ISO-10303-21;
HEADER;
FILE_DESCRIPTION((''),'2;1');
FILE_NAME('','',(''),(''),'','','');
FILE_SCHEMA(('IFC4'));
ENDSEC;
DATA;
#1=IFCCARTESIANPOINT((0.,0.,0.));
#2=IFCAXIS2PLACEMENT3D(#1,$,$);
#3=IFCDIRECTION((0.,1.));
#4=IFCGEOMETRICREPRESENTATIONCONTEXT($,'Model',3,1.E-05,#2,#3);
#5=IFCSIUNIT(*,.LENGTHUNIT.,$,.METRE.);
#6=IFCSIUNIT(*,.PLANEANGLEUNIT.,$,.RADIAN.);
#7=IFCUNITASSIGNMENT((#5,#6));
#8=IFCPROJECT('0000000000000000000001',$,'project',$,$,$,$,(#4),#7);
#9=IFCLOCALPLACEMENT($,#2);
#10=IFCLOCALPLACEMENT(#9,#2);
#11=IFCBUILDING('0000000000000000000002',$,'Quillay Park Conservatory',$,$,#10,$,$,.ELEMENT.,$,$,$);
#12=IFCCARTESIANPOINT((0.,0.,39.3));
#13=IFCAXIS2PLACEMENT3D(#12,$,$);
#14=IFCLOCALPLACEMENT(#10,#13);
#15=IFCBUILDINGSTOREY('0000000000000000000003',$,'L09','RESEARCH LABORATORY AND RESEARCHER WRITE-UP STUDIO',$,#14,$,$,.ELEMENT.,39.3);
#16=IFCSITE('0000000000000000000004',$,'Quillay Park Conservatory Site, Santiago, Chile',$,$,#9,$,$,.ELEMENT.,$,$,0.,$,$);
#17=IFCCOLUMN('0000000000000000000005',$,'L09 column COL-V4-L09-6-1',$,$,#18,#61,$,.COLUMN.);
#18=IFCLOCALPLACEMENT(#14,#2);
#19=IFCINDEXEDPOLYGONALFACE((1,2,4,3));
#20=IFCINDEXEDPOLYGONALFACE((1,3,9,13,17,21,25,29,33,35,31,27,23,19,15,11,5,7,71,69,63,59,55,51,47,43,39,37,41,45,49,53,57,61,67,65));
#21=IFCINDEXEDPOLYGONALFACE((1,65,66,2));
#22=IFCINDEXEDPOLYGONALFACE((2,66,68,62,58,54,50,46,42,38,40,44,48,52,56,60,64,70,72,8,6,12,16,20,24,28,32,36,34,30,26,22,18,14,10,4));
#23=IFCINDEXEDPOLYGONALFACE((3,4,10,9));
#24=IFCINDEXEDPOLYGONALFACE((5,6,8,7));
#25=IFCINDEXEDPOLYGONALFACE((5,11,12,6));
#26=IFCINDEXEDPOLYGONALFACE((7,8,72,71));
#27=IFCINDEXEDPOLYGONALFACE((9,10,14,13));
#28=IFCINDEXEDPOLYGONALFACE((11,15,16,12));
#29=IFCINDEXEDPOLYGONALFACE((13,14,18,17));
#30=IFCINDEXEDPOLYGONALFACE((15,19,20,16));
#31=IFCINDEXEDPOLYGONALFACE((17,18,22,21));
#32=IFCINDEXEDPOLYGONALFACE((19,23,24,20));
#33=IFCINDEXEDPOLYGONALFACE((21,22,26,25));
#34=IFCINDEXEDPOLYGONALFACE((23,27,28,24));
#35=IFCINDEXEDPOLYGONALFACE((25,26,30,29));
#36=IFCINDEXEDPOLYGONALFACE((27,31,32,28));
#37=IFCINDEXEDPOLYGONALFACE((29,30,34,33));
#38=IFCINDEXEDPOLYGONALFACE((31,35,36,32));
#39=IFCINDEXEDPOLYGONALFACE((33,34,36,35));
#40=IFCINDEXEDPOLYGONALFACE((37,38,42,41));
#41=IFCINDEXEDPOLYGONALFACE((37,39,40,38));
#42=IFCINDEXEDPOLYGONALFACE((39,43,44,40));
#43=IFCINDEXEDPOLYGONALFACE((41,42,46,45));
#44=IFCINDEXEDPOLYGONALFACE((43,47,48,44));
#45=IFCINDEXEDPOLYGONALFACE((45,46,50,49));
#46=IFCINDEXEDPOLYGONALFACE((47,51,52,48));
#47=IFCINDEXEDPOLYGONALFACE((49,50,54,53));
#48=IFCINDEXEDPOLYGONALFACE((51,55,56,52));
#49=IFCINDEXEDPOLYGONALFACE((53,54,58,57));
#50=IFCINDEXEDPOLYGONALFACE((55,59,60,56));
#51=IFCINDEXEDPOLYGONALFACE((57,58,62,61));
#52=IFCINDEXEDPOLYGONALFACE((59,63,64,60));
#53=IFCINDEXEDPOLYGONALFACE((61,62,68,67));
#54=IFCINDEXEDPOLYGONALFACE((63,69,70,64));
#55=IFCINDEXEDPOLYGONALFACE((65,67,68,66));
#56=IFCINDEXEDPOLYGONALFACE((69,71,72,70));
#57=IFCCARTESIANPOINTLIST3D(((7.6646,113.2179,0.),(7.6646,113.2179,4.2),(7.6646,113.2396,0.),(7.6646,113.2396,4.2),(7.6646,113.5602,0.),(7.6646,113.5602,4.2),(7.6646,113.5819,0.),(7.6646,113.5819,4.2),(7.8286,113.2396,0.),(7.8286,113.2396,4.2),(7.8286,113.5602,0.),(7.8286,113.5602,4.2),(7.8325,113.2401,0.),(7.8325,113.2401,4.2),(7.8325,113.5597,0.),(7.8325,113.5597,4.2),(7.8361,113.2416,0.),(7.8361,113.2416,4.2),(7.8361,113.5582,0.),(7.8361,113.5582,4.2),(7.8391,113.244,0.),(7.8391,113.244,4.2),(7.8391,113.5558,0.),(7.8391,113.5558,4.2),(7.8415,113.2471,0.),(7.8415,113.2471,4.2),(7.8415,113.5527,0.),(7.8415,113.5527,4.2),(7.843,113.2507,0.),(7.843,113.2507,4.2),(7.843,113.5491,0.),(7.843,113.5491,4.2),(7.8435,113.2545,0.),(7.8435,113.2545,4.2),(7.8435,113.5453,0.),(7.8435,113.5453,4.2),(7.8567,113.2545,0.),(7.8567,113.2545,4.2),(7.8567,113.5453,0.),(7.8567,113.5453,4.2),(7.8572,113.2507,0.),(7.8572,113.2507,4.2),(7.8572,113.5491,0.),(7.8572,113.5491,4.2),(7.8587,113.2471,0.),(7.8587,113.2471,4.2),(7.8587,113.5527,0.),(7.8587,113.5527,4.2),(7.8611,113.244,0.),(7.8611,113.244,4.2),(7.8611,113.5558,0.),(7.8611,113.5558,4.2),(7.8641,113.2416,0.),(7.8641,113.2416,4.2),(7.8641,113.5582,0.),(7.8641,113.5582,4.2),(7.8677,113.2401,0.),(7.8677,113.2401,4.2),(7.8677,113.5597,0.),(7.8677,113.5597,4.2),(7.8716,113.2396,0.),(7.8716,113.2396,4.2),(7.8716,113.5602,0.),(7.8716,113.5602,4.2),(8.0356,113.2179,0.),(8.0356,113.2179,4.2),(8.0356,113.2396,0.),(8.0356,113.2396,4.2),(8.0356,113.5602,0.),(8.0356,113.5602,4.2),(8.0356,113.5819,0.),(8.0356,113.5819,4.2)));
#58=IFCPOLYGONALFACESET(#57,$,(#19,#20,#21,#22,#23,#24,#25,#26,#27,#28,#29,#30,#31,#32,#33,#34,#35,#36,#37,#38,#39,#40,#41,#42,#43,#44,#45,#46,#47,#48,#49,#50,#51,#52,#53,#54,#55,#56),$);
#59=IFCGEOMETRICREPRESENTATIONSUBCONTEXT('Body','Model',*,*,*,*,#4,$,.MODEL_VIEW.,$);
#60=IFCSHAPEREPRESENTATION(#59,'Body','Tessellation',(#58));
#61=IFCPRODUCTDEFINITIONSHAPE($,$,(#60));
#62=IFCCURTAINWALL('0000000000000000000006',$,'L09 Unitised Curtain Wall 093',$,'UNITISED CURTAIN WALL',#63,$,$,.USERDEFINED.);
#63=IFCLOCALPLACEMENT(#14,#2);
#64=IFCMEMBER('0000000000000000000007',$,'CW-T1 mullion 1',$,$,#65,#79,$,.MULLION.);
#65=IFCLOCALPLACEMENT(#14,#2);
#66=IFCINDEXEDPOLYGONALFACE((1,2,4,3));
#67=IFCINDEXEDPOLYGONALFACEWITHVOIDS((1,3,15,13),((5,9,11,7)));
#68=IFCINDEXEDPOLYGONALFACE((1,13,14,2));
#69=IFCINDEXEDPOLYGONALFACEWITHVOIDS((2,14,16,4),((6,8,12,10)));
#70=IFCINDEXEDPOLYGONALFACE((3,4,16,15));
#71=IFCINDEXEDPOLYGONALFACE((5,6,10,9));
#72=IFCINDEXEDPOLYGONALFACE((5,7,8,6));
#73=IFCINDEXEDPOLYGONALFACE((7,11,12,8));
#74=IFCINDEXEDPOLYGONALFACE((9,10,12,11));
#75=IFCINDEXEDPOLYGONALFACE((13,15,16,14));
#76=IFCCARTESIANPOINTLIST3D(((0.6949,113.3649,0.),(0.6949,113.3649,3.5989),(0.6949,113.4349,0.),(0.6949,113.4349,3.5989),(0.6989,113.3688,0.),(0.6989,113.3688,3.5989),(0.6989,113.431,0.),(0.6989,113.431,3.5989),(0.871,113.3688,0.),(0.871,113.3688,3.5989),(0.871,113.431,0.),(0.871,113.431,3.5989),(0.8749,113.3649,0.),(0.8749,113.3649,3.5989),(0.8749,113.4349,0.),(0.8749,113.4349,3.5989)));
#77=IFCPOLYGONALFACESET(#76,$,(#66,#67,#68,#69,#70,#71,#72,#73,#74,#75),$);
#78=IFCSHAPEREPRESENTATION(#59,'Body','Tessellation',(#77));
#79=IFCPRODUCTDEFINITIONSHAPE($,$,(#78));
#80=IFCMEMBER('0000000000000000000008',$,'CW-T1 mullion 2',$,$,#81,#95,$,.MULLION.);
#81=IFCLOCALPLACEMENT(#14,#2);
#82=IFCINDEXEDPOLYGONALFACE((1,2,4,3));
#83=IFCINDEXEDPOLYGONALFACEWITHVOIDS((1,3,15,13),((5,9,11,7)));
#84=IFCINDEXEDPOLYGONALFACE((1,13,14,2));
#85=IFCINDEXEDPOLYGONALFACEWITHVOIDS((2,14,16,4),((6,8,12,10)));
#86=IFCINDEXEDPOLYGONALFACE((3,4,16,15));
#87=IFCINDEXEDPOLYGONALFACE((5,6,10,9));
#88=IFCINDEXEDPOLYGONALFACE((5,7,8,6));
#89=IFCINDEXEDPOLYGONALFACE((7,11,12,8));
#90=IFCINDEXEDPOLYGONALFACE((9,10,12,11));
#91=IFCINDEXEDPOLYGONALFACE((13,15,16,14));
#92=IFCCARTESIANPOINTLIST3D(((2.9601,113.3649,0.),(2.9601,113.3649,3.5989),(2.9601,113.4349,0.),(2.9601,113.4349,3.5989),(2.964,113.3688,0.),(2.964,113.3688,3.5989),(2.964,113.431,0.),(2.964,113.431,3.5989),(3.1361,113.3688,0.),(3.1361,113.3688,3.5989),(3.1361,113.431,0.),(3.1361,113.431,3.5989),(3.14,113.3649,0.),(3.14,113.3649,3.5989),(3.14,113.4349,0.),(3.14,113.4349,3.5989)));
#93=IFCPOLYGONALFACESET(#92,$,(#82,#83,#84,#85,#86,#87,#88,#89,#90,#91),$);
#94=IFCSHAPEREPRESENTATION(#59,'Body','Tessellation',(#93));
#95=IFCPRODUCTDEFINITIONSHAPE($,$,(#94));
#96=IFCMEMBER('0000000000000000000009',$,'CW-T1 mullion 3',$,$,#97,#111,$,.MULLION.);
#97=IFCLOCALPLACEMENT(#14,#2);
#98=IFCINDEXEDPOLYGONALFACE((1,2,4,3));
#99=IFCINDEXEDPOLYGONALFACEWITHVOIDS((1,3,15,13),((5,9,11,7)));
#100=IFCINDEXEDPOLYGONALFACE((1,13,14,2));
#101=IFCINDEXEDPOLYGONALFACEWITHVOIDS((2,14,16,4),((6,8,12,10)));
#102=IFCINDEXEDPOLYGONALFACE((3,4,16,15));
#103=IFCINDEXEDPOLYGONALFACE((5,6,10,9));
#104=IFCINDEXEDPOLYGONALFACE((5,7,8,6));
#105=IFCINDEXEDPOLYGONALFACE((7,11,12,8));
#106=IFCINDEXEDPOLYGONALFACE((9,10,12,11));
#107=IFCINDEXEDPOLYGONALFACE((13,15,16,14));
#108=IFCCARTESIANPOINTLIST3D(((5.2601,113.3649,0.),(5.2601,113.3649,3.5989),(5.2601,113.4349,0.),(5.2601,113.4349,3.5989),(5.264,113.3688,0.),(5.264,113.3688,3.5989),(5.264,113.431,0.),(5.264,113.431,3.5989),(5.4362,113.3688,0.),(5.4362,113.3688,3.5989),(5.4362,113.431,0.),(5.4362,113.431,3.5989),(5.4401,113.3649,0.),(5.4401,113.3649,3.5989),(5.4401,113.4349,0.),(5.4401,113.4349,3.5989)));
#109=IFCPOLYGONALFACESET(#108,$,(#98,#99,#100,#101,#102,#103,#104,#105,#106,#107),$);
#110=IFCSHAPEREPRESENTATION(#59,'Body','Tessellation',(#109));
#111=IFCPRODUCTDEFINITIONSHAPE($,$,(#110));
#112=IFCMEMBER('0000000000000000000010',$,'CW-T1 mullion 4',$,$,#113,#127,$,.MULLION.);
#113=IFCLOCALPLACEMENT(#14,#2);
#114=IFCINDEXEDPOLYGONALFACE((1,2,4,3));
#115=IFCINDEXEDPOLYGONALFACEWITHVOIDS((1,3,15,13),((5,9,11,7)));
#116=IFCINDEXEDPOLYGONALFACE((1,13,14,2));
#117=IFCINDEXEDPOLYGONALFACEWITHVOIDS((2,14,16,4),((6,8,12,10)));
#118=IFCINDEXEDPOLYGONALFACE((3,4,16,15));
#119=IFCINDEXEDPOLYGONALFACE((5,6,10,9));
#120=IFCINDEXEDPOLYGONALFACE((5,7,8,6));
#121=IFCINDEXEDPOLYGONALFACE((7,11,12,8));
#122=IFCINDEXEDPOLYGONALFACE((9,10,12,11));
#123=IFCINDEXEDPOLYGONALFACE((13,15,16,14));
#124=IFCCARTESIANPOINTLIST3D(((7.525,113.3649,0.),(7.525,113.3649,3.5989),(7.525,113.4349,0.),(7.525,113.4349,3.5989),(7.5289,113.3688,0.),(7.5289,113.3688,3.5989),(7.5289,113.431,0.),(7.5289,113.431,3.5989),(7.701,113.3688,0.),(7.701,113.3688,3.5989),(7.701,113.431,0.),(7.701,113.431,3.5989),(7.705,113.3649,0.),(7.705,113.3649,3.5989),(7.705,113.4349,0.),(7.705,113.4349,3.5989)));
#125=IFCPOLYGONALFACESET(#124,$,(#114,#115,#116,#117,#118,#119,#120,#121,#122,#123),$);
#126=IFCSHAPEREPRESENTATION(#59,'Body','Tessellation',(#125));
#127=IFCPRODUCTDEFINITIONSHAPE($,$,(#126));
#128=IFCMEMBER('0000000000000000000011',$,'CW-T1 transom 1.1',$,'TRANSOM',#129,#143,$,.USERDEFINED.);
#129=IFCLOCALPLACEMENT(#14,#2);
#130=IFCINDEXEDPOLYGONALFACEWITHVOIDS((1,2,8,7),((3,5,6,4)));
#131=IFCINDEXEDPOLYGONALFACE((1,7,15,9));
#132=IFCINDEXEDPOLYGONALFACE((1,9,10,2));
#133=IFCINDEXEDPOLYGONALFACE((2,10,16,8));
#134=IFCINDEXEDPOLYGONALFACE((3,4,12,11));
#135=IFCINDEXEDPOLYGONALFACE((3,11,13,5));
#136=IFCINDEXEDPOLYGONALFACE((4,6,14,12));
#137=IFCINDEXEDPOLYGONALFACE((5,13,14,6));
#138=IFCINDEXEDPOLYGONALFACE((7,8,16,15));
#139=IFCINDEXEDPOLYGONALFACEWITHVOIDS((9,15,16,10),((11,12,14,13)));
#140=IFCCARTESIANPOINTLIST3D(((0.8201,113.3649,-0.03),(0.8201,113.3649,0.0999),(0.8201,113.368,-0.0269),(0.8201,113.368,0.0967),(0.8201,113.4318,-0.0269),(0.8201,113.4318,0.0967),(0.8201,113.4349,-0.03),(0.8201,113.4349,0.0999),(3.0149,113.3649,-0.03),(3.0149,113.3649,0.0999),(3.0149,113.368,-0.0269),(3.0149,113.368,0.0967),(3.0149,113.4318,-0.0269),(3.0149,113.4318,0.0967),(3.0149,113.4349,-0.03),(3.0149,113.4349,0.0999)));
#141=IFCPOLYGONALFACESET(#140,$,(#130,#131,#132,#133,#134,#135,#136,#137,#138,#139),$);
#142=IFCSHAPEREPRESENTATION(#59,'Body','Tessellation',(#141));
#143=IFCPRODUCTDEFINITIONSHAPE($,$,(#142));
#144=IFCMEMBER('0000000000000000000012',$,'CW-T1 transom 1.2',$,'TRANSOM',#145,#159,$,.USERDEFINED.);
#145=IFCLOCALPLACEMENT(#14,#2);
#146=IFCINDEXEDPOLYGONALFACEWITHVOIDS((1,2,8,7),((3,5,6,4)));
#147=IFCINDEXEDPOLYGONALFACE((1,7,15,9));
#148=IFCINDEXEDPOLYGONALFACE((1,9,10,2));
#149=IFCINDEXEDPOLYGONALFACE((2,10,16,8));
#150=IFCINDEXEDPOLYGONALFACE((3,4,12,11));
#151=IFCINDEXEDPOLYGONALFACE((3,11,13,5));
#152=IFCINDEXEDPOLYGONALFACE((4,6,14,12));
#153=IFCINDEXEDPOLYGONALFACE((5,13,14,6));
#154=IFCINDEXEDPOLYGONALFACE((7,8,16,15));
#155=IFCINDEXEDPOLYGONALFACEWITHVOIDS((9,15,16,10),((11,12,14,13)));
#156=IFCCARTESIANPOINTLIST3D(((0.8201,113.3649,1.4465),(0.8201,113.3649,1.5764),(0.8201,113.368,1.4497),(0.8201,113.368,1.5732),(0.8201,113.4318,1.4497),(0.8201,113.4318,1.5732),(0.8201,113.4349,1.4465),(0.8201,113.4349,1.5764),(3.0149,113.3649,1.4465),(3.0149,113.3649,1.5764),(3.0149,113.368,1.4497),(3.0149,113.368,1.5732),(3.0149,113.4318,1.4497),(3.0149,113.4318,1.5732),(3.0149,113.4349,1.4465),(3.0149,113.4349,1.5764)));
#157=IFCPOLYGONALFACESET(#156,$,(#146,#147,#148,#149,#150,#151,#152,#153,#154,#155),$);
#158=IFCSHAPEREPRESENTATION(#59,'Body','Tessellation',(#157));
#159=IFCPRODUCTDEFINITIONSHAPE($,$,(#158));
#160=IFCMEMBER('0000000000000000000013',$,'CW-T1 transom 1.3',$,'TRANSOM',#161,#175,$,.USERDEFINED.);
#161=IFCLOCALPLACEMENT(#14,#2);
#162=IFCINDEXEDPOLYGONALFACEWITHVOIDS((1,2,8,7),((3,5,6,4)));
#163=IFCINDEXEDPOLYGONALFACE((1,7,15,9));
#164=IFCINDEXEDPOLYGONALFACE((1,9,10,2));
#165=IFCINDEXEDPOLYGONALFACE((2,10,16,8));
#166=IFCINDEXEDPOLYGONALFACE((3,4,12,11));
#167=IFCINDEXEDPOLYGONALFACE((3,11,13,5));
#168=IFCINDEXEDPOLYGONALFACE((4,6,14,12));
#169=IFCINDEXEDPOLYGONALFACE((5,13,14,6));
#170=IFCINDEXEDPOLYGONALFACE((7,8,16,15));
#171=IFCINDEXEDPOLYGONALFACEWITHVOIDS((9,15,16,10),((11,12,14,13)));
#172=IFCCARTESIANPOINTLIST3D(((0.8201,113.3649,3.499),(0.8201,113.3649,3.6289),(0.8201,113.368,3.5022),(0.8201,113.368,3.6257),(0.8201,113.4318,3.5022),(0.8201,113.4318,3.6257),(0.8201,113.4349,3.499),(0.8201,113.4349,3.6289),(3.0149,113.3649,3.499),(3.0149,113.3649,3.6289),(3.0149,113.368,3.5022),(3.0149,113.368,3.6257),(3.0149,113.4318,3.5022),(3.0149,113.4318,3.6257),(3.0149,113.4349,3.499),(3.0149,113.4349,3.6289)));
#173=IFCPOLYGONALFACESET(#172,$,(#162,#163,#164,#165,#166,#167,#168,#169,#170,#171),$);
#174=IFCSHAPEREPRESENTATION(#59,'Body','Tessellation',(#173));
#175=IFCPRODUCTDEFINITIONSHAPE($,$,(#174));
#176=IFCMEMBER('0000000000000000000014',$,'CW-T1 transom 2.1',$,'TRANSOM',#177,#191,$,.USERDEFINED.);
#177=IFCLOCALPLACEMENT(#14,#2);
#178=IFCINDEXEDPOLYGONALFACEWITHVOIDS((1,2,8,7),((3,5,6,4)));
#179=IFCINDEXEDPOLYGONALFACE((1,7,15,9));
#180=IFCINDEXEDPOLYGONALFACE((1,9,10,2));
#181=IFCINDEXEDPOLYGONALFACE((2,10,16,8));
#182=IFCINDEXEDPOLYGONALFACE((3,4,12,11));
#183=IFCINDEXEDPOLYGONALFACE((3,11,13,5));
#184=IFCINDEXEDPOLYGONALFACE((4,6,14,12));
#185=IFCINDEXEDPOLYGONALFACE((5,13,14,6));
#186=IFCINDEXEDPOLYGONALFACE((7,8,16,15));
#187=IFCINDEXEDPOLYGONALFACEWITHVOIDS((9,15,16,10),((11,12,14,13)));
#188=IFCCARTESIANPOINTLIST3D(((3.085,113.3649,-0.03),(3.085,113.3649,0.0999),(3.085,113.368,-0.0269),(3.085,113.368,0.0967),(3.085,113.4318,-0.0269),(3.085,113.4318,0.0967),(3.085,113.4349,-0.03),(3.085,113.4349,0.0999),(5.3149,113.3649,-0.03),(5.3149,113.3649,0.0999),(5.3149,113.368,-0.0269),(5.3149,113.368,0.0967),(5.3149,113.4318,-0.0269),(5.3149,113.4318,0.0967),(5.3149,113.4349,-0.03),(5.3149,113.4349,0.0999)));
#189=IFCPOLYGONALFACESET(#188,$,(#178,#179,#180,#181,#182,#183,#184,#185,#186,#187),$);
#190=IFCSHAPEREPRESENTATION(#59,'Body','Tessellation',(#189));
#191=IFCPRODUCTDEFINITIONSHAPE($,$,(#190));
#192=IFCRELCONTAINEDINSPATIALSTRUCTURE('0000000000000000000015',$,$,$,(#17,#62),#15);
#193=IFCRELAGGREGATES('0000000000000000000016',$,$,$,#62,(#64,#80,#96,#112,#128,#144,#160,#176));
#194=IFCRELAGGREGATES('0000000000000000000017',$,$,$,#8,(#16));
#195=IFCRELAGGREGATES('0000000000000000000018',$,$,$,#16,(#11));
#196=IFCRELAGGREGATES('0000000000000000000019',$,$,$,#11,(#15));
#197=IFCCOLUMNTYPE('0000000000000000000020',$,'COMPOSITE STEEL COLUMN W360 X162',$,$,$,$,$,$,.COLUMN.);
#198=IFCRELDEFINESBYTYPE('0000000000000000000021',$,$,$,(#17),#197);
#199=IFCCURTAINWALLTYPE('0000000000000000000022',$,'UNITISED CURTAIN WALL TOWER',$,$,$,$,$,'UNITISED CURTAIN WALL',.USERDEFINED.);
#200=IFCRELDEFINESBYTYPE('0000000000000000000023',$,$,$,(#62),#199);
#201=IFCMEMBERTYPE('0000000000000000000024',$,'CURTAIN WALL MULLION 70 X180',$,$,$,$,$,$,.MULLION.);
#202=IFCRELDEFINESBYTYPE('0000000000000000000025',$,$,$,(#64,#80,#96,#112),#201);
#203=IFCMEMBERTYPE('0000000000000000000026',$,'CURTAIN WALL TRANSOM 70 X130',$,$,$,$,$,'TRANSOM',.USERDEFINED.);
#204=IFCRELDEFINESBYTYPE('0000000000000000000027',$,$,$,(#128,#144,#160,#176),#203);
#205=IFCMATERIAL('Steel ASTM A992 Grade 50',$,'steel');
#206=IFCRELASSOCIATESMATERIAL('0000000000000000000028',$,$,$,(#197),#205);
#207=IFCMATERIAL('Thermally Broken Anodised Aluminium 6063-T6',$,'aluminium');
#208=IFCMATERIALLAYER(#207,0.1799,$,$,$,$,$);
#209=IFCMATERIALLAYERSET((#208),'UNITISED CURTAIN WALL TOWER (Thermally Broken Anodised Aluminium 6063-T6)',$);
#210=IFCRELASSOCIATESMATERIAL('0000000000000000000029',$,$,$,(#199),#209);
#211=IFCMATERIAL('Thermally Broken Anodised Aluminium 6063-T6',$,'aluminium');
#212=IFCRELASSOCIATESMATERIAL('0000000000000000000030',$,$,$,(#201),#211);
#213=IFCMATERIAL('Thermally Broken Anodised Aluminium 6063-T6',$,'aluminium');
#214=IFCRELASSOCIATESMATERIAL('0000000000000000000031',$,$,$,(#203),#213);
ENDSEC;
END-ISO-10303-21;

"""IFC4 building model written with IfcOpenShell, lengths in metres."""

from ifc_helpers import new_model, si_unit, direction, frame, origin, origin_2d, place, context, subcontext, project, spatial, hollow_rectangle, i_section, extrude, material, layer, layer_set, material_profile, profile_set, type_object, element, aggregate, save


model = new_model("IFC4")

# Units and contexts
model_context = context("Model", 3, precision=1e-05, world=origin(), true_north=direction((0.0, 1.0)))
body_context = subcontext(model_context, "Body", "Model", "MODEL_VIEW")
ifc_project = project(units=[si_unit("LENGTHUNIT", "METRE"), si_unit("PLANEANGLEUNIT", "RADIAN")], contexts=[model_context])

# Site, building, storey
site_placement = place(None, origin())
site = spatial("IfcSite", under=ifc_project, at=site_placement, Name="Quillay Park Conservatory Site, Santiago, Chile", CompositionType="ELEMENT", RefElevation=0.0)
building_placement = place(site_placement, origin())
building = spatial("IfcBuilding", under=site, at=building_placement, Name="Quillay Park Conservatory", CompositionType="ELEMENT")
storey_placement = place(building_placement, frame((0.0, 0.0, 39.3)))
storey = spatial("IfcBuildingStorey", under=building, at=storey_placement, Name="L09", Description="RESEARCH LABORATORY AND RESEARCHER WRITE-UP STUDIO", CompositionType="ELEMENT", Elevation=39.3)

# Column
ifc_material_1 = material(Name="Steel ASTM A992 Grade 50", Category="steel")
ifc_material_profile_1 = material_profile(ifc_material_1, i_section(OverallWidth=0.3711, OverallDepth=0.364, WebThickness=0.0132, FlangeThickness=0.0217, FilletRadius=0.0149, at=origin_2d()), Name="W360x162")
ifc_profile_set_1 = profile_set([ifc_material_profile_1], Name="Steel ASTM A992 Grade 50")
column_type = type_object("IfcColumnType", Name="COMPOSITE STEEL COLUMN W360 X162", PredefinedType="COLUMN", material=ifc_profile_set_1)
column_placement = place(storey_placement, frame((7.8501, 113.3999, 0.0), z_axis=(0.0, 0.0, 1.0), x_axis=(1.0, 0.0, 0.0)))
element("IfcColumn", 1, at=column_placement, inside=storey, type_object=column_type, Name="L09 column COL-V4-L09-6-1", PredefinedType="COLUMN", context=body_context, shape_type="SweptSolid", body=[
    extrude(i_section(OverallWidth=0.3711, OverallDepth=0.364, WebThickness=0.0132, FlangeThickness=0.0217, FilletRadius=0.0149, at=origin_2d()), origin(), (0.0, 0.0, 1.0), 4.2),
])

# Curtain wall, members
ifc_material_2 = material(Name="Thermally Broken Anodised Aluminium 6063-T6", Category="aluminium")
ifc_layer_1 = layer(ifc_material_2, 0.1799)
ifc_layer_set_1 = layer_set([ifc_layer_1], Name="UNITISED CURTAIN WALL TOWER (Thermally Broken Anodised Aluminium 6063-T6)")
curtain_wall_type = type_object("IfcCurtainWallType", Name="UNITISED CURTAIN WALL TOWER", ElementType="UNITISED CURTAIN WALL", PredefinedType="USERDEFINED", material=ifc_layer_set_1)
curtain_wall_placement = place(storey_placement, origin())
curtain_wall = element("IfcCurtainWall", 2, at=curtain_wall_placement, inside=storey, type_object=curtain_wall_type, Name="L09 Unitised Curtain Wall 093", ObjectType="UNITISED CURTAIN WALL", PredefinedType="USERDEFINED")
ifc_material_3 = material(Name="Thermally Broken Anodised Aluminium 6063-T6", Category="aluminium")
ifc_material_profile_2 = material_profile(ifc_material_3, hollow_rectangle(XDim=0.0701, YDim=0.1799, WallThickness=0.0039, at=origin_2d()), Name="AL70x180x4")
ifc_profile_set_2 = profile_set([ifc_material_profile_2], Name="Thermally Broken Anodised Aluminium 6063-T6")
member_type_1 = type_object("IfcMemberType", Name="CURTAIN WALL MULLION 70 X180", PredefinedType="MULLION", material=ifc_profile_set_2)
member_1_placement = place(storey_placement, frame((0.7849, 113.3999, 0.0), z_axis=(0.0, 0.0, 1.0), x_axis=(0.0, 1.0, 0.0)))
member_1 = element("IfcMember", 3, at=member_1_placement, type_object=member_type_1, Name="CW-T1 mullion 1", PredefinedType="MULLION", context=body_context, shape_type="SweptSolid", body=[
    extrude(hollow_rectangle(XDim=0.0701, YDim=0.1799, WallThickness=0.0039, at=origin_2d()), origin(), (0.0, 0.0, 1.0), 3.5989),
])
member_2_placement = place(storey_placement, frame((3.05, 113.3999, 0.0), z_axis=(0.0, 0.0, 1.0), x_axis=(0.0, 1.0, 0.0)))
member_2 = element("IfcMember", 4, at=member_2_placement, type_object=member_type_1, Name="CW-T1 mullion 2", PredefinedType="MULLION", context=body_context, shape_type="SweptSolid", body=[
    extrude(hollow_rectangle(XDim=0.0701, YDim=0.1799, WallThickness=0.0039, at=origin_2d()), origin(), (0.0, 0.0, 1.0), 3.5989),
])
member_3_placement = place(storey_placement, frame((5.3501, 113.3999, 0.0), z_axis=(0.0, 0.0, 1.0), x_axis=(0.0, 1.0, 0.0)))
member_3 = element("IfcMember", 5, at=member_3_placement, type_object=member_type_1, Name="CW-T1 mullion 3", PredefinedType="MULLION", context=body_context, shape_type="SweptSolid", body=[
    extrude(hollow_rectangle(XDim=0.0701, YDim=0.1799, WallThickness=0.0039, at=origin_2d()), origin(), (0.0, 0.0, 1.0), 3.5989),
])
member_4_placement = place(storey_placement, frame((7.615, 113.3999, 0.0), z_axis=(0.0, 0.0, 1.0), x_axis=(0.0, 1.0, 0.0)))
member_4 = element("IfcMember", 6, at=member_4_placement, type_object=member_type_1, Name="CW-T1 mullion 4", PredefinedType="MULLION", context=body_context, shape_type="SweptSolid", body=[
    extrude(hollow_rectangle(XDim=0.0701, YDim=0.1799, WallThickness=0.0039, at=origin_2d()), origin(), (0.0, 0.0, 1.0), 3.5989),
])
ifc_material_4 = material(Name="Thermally Broken Anodised Aluminium 6063-T6", Category="aluminium")
ifc_material_profile_3 = material_profile(ifc_material_4, hollow_rectangle(XDim=0.0701, YDim=0.1299, WallThickness=0.0032, at=origin_2d()), Name="AL70x130x3.2")
ifc_profile_set_3 = profile_set([ifc_material_profile_3], Name="Thermally Broken Anodised Aluminium 6063-T6")
member_type_2 = type_object("IfcMemberType", Name="CURTAIN WALL TRANSOM 70 X130", ElementType="TRANSOM", PredefinedType="USERDEFINED", material=ifc_profile_set_3)
member_5_placement = place(storey_placement, frame((0.8201, 113.3999, 0.0349), z_axis=(1.0, 0.0, 0.0), x_axis=(0.0, 1.0, 0.0)))
member_5 = element("IfcMember", 7, at=member_5_placement, type_object=member_type_2, Name="CW-T1 transom 1.1", ObjectType="TRANSOM", PredefinedType="USERDEFINED", context=body_context, shape_type="SweptSolid", body=[
    extrude(hollow_rectangle(XDim=0.0701, YDim=0.1299, WallThickness=0.0032, at=origin_2d()), origin(), (0.0, 0.0, 1.0), 2.1948),
])
member_6_placement = place(storey_placement, frame((0.8201, 113.3999, 1.5115), z_axis=(1.0, 0.0, 0.0), x_axis=(0.0, 1.0, 0.0)))
member_6 = element("IfcMember", 8, at=member_6_placement, type_object=member_type_2, Name="CW-T1 transom 1.2", ObjectType="TRANSOM", PredefinedType="USERDEFINED", context=body_context, shape_type="SweptSolid", body=[
    extrude(hollow_rectangle(XDim=0.0701, YDim=0.1299, WallThickness=0.0032, at=origin_2d()), origin(), (0.0, 0.0, 1.0), 2.1948),
])
member_7_placement = place(storey_placement, frame((0.8201, 113.3999, 3.564), z_axis=(1.0, 0.0, 0.0), x_axis=(0.0, 1.0, 0.0)))
member_7 = element("IfcMember", 9, at=member_7_placement, type_object=member_type_2, Name="CW-T1 transom 1.3", ObjectType="TRANSOM", PredefinedType="USERDEFINED", context=body_context, shape_type="SweptSolid", body=[
    extrude(hollow_rectangle(XDim=0.0701, YDim=0.1299, WallThickness=0.0032, at=origin_2d()), origin(), (0.0, 0.0, 1.0), 2.1948),
])
member_8_placement = place(storey_placement, frame((3.085, 113.3999, 0.0349), z_axis=(1.0, 0.0, 0.0), x_axis=(0.0, 1.0, 0.0)))
member_8 = element("IfcMember", 10, at=member_8_placement, type_object=member_type_2, Name="CW-T1 transom 2.1", ObjectType="TRANSOM", PredefinedType="USERDEFINED", context=body_context, shape_type="SweptSolid", body=[
    extrude(hollow_rectangle(XDim=0.0701, YDim=0.1299, WallThickness=0.0032, at=origin_2d()), origin(), (0.0, 0.0, 1.0), 2.23),
])

aggregate(curtain_wall, [member_1, member_2, member_3, member_4, member_5, member_6, member_7, member_8])

save(model, "model.ifc")
